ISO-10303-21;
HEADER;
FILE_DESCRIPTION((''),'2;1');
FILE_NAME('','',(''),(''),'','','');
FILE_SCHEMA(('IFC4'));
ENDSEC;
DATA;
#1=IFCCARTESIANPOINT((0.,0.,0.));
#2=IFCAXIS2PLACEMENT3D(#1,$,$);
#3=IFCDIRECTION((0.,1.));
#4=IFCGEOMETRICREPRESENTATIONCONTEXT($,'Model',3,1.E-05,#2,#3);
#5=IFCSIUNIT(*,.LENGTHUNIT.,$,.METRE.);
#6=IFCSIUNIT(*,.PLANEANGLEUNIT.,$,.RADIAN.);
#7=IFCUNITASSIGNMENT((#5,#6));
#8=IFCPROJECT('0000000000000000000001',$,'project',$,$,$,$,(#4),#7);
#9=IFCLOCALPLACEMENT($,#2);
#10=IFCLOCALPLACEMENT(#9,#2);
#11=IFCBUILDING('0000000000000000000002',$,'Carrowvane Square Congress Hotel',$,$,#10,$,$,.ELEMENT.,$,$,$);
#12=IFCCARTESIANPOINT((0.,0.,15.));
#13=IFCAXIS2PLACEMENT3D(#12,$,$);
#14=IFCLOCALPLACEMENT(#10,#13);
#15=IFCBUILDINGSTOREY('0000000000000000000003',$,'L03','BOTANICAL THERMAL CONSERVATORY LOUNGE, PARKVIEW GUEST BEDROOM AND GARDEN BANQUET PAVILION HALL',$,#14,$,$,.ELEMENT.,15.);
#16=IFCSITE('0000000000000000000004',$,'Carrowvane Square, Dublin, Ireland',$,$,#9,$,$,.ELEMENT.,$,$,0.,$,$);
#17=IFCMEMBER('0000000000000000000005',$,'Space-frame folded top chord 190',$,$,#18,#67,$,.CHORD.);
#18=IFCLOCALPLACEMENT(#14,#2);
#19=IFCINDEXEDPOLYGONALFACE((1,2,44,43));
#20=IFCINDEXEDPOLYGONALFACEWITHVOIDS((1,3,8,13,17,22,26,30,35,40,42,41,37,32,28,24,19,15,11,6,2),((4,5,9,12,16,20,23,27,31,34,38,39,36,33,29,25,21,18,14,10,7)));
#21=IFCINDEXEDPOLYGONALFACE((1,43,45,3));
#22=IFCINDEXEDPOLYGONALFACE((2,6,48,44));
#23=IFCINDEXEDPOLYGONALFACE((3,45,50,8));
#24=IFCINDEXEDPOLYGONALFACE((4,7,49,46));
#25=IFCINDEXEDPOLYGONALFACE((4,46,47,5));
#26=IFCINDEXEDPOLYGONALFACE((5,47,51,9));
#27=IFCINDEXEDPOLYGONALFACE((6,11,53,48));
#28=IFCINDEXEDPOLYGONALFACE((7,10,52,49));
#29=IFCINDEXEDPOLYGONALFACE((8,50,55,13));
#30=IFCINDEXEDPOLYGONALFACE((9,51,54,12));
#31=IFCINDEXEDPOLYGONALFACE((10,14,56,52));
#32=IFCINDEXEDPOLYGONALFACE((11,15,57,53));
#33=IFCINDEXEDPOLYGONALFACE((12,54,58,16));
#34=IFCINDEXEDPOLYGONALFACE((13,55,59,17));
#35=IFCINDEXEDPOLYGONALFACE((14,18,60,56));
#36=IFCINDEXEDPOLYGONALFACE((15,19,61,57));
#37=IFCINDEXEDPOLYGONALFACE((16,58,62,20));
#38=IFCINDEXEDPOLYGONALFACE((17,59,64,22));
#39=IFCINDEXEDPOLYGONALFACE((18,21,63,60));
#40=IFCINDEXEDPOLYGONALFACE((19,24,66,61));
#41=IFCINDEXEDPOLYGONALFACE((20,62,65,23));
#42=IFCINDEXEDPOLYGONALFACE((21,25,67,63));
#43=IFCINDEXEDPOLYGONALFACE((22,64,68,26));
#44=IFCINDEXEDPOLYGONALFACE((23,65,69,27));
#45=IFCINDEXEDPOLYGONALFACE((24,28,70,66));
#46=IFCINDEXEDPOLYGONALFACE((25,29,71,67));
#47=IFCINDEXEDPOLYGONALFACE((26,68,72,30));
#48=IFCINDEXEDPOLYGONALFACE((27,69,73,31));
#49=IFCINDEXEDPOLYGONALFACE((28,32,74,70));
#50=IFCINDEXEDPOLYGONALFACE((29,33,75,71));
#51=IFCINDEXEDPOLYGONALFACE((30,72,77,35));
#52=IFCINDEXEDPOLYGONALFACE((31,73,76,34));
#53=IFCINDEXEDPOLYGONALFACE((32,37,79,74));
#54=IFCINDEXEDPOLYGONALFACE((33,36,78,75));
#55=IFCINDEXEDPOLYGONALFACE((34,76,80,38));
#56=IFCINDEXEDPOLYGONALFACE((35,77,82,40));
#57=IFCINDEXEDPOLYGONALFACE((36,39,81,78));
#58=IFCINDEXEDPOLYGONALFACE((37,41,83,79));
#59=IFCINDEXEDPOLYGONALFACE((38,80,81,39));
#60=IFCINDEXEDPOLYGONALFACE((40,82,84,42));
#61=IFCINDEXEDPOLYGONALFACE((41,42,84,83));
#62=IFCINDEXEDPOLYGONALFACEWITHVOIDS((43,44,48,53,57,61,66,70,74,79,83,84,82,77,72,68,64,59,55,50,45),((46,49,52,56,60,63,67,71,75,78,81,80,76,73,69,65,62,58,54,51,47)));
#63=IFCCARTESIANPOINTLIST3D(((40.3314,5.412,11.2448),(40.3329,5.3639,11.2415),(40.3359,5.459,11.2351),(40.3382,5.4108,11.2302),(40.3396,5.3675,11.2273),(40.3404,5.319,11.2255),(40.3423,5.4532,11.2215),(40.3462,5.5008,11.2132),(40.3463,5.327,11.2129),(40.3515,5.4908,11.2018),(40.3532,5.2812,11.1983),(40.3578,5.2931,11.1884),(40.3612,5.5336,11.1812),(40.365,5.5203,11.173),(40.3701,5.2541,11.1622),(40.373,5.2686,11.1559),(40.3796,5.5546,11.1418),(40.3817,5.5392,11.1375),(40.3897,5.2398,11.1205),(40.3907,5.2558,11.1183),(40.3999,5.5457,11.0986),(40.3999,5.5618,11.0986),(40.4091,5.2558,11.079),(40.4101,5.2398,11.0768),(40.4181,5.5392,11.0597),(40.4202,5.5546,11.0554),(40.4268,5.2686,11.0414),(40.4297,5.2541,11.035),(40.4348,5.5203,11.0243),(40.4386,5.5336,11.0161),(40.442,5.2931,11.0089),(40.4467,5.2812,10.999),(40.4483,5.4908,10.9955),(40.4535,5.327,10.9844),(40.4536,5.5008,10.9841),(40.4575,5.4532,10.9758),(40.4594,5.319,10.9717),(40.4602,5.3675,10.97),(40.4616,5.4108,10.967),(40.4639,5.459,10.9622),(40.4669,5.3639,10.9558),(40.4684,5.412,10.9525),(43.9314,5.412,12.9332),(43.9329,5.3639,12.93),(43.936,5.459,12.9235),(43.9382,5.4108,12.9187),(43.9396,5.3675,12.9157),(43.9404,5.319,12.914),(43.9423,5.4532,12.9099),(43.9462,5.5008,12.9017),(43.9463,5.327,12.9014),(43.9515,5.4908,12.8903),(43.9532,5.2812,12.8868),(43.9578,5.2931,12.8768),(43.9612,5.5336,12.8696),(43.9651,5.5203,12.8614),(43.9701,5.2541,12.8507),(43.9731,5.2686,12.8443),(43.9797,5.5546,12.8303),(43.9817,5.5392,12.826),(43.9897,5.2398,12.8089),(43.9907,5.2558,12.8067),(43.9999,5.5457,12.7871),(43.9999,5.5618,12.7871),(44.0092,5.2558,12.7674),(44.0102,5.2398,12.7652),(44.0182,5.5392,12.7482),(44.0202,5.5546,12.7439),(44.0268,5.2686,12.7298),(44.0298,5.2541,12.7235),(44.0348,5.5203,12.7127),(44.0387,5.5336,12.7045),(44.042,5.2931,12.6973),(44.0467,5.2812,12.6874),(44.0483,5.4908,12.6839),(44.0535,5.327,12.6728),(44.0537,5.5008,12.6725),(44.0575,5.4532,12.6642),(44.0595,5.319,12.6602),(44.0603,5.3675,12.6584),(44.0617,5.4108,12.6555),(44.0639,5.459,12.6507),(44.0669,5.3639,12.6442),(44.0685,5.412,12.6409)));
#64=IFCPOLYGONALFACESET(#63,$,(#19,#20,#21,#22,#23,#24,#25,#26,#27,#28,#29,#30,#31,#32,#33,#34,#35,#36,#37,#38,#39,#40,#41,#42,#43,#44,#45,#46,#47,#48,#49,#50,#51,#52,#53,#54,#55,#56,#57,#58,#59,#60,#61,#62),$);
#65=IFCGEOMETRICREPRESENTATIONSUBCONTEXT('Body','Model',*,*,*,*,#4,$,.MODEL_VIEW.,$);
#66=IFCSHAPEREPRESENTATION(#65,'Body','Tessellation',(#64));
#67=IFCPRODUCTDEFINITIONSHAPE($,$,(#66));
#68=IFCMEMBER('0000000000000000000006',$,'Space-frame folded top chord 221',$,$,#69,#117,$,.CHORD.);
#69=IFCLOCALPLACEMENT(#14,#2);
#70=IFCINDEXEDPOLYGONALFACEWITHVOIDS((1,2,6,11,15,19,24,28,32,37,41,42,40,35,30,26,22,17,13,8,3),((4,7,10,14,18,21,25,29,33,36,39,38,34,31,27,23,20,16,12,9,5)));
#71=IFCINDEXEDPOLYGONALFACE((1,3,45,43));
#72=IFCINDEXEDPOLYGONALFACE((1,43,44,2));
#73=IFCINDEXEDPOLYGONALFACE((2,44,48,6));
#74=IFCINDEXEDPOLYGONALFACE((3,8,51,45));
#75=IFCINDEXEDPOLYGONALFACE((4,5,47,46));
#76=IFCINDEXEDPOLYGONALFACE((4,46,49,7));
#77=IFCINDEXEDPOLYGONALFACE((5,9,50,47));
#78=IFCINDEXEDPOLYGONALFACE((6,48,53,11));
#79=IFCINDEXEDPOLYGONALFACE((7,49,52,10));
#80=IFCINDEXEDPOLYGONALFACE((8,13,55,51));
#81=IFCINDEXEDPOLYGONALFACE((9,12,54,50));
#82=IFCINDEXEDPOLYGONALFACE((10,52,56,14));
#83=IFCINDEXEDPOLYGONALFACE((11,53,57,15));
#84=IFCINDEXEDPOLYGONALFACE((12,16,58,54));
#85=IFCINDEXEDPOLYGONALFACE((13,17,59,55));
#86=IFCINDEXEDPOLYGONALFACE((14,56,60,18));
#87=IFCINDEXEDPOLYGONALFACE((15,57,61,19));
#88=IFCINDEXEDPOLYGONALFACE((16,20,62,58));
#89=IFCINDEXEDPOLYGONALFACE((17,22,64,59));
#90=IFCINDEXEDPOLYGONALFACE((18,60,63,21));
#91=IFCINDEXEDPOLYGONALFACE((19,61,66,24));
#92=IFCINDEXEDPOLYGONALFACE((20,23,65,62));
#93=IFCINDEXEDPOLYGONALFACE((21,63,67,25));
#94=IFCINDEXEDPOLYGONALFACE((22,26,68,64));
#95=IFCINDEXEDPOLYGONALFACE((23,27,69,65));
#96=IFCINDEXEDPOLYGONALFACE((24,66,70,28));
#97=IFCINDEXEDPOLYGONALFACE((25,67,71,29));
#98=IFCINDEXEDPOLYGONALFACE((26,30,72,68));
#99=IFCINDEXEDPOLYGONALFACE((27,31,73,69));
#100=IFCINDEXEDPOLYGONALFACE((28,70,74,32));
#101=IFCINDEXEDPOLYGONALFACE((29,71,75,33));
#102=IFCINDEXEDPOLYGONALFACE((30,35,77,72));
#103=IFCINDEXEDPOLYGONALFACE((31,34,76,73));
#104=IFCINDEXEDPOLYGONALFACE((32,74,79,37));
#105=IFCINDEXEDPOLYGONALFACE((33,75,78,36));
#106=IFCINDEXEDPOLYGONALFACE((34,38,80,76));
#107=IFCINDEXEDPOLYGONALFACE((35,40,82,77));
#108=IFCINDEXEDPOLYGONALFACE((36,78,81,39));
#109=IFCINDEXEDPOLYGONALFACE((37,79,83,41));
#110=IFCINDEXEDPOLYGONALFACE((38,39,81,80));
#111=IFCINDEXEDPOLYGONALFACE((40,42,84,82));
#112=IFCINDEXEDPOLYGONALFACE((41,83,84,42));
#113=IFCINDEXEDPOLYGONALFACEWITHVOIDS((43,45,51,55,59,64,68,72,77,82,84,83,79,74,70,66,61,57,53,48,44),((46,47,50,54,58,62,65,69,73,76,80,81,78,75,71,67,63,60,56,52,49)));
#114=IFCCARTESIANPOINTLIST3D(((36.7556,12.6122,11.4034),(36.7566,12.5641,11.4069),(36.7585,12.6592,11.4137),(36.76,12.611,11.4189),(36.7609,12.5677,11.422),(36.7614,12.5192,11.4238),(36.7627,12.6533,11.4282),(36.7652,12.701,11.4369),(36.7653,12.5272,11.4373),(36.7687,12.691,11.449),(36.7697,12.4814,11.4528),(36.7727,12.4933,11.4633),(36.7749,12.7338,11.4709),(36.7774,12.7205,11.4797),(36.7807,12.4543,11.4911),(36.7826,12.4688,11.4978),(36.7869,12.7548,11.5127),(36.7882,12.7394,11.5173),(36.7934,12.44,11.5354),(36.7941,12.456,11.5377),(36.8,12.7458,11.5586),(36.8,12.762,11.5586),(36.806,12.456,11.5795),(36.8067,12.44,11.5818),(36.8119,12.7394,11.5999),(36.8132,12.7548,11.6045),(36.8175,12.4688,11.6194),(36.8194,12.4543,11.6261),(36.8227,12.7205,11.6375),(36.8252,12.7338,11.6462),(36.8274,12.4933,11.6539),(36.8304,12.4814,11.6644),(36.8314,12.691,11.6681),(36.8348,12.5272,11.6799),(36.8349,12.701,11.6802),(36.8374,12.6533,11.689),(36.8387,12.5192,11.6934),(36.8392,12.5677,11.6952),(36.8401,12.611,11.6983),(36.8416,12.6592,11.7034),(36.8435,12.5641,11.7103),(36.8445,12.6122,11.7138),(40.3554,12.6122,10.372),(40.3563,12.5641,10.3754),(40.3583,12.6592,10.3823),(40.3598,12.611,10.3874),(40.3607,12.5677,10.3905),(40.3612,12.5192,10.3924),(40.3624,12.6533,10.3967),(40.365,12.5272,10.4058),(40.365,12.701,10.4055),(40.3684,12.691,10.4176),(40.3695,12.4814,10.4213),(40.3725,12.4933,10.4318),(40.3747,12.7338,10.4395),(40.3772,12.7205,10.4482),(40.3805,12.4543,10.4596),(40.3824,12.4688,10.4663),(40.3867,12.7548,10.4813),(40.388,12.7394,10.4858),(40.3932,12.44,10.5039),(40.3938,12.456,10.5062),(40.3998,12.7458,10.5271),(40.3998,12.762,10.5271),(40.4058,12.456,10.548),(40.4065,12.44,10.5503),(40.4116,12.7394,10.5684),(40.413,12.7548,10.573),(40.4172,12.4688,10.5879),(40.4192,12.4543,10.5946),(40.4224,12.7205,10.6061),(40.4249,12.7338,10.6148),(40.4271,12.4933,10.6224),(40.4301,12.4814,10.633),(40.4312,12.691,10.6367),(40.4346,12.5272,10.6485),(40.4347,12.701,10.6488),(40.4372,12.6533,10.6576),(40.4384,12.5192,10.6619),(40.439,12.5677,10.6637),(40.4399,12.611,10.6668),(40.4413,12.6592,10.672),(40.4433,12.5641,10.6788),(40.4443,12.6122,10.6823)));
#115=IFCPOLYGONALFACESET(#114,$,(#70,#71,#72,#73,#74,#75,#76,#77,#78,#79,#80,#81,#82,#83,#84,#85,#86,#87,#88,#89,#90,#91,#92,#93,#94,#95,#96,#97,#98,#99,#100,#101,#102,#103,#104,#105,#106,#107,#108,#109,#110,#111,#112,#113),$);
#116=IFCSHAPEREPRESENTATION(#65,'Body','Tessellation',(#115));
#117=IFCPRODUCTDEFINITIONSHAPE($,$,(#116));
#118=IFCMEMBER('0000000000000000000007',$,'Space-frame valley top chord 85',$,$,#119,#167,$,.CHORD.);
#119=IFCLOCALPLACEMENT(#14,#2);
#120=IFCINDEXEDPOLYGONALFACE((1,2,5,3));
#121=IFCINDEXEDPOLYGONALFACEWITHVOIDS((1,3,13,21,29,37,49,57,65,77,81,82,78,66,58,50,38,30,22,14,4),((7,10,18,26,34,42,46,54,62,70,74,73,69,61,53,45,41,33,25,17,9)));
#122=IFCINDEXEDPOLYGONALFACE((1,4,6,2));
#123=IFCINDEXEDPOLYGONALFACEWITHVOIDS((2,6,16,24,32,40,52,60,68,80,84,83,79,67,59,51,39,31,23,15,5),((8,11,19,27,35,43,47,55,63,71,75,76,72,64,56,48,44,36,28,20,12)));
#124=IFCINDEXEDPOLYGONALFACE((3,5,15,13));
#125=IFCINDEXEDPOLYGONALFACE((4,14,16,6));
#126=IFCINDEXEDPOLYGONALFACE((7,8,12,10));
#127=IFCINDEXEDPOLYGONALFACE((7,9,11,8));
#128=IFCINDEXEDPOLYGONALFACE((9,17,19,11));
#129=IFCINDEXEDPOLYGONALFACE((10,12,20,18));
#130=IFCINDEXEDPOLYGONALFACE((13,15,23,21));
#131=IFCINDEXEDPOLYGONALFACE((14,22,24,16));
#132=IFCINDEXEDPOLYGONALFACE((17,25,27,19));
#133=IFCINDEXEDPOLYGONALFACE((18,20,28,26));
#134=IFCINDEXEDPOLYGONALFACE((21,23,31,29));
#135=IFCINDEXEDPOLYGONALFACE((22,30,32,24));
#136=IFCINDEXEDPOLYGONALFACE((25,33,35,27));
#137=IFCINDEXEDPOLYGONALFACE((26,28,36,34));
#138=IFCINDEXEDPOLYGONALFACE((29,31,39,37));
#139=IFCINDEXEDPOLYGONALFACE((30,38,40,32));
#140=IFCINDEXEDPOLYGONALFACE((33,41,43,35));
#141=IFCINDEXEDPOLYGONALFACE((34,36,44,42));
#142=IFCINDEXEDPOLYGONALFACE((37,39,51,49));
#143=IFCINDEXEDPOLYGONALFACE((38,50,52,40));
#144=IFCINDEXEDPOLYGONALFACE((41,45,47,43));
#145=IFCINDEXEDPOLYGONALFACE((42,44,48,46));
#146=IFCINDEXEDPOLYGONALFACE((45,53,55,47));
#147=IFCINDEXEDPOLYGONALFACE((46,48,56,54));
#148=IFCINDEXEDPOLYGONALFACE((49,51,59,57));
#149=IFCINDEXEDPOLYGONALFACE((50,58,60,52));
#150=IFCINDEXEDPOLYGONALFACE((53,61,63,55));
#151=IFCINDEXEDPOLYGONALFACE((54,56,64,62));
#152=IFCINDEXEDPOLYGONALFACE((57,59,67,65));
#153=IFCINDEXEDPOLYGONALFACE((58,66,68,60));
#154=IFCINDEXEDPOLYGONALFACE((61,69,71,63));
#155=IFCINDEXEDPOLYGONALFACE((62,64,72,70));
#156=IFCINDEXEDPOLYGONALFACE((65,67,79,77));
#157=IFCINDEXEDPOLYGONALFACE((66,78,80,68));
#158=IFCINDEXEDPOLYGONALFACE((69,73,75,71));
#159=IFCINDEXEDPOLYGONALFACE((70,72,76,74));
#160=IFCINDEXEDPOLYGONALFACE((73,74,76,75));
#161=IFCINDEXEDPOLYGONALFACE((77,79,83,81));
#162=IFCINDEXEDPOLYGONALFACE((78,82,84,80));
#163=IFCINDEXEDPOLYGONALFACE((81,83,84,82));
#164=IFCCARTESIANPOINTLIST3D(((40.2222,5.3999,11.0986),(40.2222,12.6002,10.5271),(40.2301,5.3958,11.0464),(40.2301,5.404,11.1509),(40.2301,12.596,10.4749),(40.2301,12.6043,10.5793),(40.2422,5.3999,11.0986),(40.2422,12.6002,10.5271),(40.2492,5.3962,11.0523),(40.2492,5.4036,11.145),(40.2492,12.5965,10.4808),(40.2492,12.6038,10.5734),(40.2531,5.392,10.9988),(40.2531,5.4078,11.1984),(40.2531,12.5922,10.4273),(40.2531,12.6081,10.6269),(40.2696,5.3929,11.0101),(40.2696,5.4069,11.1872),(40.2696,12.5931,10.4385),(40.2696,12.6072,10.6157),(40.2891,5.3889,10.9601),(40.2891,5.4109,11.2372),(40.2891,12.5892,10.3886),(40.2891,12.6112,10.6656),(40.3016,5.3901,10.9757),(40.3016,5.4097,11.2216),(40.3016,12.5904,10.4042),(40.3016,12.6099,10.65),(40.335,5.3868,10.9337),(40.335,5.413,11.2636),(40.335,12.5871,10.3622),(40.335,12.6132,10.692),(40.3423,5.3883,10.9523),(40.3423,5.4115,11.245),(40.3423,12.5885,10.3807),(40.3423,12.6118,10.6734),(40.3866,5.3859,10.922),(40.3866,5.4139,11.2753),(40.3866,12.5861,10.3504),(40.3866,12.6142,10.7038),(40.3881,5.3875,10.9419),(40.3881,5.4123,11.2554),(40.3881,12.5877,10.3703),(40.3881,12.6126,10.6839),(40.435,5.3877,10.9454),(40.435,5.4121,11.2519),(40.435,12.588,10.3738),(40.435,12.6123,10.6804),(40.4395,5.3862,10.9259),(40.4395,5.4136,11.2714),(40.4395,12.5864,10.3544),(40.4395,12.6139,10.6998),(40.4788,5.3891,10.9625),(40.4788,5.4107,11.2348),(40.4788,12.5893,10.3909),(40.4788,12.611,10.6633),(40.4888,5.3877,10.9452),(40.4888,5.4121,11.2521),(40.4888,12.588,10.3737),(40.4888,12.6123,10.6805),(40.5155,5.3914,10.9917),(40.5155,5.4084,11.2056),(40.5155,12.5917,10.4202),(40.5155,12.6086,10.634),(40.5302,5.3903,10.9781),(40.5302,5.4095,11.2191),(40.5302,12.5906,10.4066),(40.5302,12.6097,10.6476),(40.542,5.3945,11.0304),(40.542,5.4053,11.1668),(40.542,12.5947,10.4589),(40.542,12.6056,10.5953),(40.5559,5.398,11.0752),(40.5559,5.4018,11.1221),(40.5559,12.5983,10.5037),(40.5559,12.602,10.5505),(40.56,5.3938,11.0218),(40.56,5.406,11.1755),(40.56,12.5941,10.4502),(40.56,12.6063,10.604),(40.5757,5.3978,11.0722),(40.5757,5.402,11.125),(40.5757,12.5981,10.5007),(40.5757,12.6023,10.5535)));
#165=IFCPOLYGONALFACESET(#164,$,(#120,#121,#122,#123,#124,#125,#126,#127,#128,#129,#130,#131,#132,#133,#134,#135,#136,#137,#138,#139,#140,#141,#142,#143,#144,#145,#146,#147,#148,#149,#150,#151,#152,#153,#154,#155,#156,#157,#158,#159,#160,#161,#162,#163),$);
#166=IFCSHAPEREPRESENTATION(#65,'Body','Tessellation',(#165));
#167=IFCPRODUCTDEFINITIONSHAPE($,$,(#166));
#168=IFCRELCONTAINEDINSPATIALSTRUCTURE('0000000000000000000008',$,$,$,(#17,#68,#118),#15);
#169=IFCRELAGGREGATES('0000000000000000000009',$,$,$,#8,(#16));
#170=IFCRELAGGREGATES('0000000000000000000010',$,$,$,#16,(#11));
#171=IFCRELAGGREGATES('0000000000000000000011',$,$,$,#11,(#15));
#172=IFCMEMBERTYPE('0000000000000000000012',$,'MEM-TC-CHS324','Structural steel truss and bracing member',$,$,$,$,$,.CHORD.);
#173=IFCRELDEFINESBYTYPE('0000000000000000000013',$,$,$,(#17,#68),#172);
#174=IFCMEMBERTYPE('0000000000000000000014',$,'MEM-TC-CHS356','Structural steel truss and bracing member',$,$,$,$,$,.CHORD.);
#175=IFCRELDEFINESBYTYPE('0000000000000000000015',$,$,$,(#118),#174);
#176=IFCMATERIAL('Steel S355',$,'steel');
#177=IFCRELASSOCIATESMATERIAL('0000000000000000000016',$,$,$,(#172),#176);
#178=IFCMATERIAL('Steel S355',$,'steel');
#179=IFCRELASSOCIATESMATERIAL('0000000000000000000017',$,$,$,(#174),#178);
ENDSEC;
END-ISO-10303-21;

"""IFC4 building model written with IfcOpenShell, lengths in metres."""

from ifc_helpers import new_model, si_unit, direction, frame, origin, origin_2d, place, context, subcontext, project, spatial, hollow_circle, extrude, material, material_profile, profile_set, type_object, element, save


model = new_model("IFC4")

# Units and contexts
model_context = context("Model", 3, precision=1e-05, world=origin(), true_north=direction((0.0, 1.0)))
body_context = subcontext(model_context, "Body", "Model", "MODEL_VIEW")
ifc_project = project(units=[si_unit("LENGTHUNIT", "METRE"), si_unit("PLANEANGLEUNIT", "RADIAN")], contexts=[model_context])

# Site, building, storey
site_placement = place(None, origin())
site = spatial("IfcSite", under=ifc_project, at=site_placement, Name="Carrowvane Square, Dublin, Ireland", CompositionType="ELEMENT", RefElevation=0.0)
building_placement = place(site_placement, origin())
building = spatial("IfcBuilding", under=site, at=building_placement, Name="Carrowvane Square Congress Hotel", CompositionType="ELEMENT")
storey_placement = place(building_placement, frame((0.0, 0.0, 15.0)))
storey = spatial("IfcBuildingStorey", under=building, at=storey_placement, Name="L03", Description="BOTANICAL THERMAL CONSERVATORY LOUNGE, PARKVIEW GUEST BEDROOM AND GARDEN BANQUET PAVILION HALL", CompositionType="ELEMENT", Elevation=15.0)

# Members
ifc_material_1 = material(Name="Steel S355", Category="steel")
ifc_material_profile_1 = material_profile(ifc_material_1, hollow_circle(Radius=0.1619, WallThickness=0.0161, at=origin_2d()), Name="CHS 323.9x16")
ifc_profile_set_1 = profile_set([ifc_material_profile_1], Name="Steel S355")
member_type_1 = type_object("IfcMemberType", Name="MEM-TC-CHS324", Description="Structural steel truss and bracing member", PredefinedType="CHORD", material=ifc_profile_set_1)
member_1_placement = place(storey_placement, frame((40.3999, 5.3999, 11.0986), z_axis=(0.905369, 0.0, 0.424626), x_axis=(0.0, 1.0, 0.0)))
element("IfcMember", 1, at=member_1_placement, inside=storey, type_object=member_type_1, Name="Space-frame folded top chord 190", PredefinedType="CHORD", context=body_context, shape_type="SweptSolid", body=[
    extrude(hollow_circle(Radius=0.1619, WallThickness=0.0161, at=origin_2d()), origin(), (0.0, 0.0, 1.0), 3.9763),
])
member_2_placement = place(storey_placement, frame((36.8, 12.6001, 11.5586), z_axis=(0.961315, 0.0, -0.275453), x_axis=(0.0, 1.0, 0.0)))
element("IfcMember", 2, at=member_2_placement, inside=storey, type_object=member_type_1, Name="Space-frame folded top chord 221", PredefinedType="CHORD", context=body_context, shape_type="SweptSolid", body=[
    extrude(hollow_circle(Radius=0.1619, WallThickness=0.0161, at=origin_2d()), origin(), (0.0, 0.0, 1.0), 3.7446),
])
ifc_material_2 = material(Name="Steel S355", Category="steel")
ifc_material_profile_2 = material_profile(ifc_material_2, hollow_circle(Radius=0.1777, WallThickness=0.02, at=origin_2d()), Name="CHS 355.6x20")
ifc_profile_set_2 = profile_set([ifc_material_profile_2], Name="Steel S355")
member_type_2 = type_object("IfcMemberType", Name="MEM-TC-CHS356", Description="Structural steel truss and bracing member", PredefinedType="CHORD", material=ifc_profile_set_2)
member_3_placement = place(storey_placement, frame((40.3999, 5.3999, 11.0986), z_axis=(0.0, 0.996864, -0.079129), x_axis=(-1.0, 0.0, 0.0)))
element("IfcMember", 3, at=member_3_placement, inside=storey, type_object=member_type_2, Name="Space-frame valley top chord 85", PredefinedType="CHORD", context=body_context, shape_type="SweptSolid", body=[
    extrude(hollow_circle(Radius=0.1777, WallThickness=0.02, at=origin_2d()), origin(), (0.0, 0.0, 1.0), 7.2229),
])

save(model, "model.ifc")
